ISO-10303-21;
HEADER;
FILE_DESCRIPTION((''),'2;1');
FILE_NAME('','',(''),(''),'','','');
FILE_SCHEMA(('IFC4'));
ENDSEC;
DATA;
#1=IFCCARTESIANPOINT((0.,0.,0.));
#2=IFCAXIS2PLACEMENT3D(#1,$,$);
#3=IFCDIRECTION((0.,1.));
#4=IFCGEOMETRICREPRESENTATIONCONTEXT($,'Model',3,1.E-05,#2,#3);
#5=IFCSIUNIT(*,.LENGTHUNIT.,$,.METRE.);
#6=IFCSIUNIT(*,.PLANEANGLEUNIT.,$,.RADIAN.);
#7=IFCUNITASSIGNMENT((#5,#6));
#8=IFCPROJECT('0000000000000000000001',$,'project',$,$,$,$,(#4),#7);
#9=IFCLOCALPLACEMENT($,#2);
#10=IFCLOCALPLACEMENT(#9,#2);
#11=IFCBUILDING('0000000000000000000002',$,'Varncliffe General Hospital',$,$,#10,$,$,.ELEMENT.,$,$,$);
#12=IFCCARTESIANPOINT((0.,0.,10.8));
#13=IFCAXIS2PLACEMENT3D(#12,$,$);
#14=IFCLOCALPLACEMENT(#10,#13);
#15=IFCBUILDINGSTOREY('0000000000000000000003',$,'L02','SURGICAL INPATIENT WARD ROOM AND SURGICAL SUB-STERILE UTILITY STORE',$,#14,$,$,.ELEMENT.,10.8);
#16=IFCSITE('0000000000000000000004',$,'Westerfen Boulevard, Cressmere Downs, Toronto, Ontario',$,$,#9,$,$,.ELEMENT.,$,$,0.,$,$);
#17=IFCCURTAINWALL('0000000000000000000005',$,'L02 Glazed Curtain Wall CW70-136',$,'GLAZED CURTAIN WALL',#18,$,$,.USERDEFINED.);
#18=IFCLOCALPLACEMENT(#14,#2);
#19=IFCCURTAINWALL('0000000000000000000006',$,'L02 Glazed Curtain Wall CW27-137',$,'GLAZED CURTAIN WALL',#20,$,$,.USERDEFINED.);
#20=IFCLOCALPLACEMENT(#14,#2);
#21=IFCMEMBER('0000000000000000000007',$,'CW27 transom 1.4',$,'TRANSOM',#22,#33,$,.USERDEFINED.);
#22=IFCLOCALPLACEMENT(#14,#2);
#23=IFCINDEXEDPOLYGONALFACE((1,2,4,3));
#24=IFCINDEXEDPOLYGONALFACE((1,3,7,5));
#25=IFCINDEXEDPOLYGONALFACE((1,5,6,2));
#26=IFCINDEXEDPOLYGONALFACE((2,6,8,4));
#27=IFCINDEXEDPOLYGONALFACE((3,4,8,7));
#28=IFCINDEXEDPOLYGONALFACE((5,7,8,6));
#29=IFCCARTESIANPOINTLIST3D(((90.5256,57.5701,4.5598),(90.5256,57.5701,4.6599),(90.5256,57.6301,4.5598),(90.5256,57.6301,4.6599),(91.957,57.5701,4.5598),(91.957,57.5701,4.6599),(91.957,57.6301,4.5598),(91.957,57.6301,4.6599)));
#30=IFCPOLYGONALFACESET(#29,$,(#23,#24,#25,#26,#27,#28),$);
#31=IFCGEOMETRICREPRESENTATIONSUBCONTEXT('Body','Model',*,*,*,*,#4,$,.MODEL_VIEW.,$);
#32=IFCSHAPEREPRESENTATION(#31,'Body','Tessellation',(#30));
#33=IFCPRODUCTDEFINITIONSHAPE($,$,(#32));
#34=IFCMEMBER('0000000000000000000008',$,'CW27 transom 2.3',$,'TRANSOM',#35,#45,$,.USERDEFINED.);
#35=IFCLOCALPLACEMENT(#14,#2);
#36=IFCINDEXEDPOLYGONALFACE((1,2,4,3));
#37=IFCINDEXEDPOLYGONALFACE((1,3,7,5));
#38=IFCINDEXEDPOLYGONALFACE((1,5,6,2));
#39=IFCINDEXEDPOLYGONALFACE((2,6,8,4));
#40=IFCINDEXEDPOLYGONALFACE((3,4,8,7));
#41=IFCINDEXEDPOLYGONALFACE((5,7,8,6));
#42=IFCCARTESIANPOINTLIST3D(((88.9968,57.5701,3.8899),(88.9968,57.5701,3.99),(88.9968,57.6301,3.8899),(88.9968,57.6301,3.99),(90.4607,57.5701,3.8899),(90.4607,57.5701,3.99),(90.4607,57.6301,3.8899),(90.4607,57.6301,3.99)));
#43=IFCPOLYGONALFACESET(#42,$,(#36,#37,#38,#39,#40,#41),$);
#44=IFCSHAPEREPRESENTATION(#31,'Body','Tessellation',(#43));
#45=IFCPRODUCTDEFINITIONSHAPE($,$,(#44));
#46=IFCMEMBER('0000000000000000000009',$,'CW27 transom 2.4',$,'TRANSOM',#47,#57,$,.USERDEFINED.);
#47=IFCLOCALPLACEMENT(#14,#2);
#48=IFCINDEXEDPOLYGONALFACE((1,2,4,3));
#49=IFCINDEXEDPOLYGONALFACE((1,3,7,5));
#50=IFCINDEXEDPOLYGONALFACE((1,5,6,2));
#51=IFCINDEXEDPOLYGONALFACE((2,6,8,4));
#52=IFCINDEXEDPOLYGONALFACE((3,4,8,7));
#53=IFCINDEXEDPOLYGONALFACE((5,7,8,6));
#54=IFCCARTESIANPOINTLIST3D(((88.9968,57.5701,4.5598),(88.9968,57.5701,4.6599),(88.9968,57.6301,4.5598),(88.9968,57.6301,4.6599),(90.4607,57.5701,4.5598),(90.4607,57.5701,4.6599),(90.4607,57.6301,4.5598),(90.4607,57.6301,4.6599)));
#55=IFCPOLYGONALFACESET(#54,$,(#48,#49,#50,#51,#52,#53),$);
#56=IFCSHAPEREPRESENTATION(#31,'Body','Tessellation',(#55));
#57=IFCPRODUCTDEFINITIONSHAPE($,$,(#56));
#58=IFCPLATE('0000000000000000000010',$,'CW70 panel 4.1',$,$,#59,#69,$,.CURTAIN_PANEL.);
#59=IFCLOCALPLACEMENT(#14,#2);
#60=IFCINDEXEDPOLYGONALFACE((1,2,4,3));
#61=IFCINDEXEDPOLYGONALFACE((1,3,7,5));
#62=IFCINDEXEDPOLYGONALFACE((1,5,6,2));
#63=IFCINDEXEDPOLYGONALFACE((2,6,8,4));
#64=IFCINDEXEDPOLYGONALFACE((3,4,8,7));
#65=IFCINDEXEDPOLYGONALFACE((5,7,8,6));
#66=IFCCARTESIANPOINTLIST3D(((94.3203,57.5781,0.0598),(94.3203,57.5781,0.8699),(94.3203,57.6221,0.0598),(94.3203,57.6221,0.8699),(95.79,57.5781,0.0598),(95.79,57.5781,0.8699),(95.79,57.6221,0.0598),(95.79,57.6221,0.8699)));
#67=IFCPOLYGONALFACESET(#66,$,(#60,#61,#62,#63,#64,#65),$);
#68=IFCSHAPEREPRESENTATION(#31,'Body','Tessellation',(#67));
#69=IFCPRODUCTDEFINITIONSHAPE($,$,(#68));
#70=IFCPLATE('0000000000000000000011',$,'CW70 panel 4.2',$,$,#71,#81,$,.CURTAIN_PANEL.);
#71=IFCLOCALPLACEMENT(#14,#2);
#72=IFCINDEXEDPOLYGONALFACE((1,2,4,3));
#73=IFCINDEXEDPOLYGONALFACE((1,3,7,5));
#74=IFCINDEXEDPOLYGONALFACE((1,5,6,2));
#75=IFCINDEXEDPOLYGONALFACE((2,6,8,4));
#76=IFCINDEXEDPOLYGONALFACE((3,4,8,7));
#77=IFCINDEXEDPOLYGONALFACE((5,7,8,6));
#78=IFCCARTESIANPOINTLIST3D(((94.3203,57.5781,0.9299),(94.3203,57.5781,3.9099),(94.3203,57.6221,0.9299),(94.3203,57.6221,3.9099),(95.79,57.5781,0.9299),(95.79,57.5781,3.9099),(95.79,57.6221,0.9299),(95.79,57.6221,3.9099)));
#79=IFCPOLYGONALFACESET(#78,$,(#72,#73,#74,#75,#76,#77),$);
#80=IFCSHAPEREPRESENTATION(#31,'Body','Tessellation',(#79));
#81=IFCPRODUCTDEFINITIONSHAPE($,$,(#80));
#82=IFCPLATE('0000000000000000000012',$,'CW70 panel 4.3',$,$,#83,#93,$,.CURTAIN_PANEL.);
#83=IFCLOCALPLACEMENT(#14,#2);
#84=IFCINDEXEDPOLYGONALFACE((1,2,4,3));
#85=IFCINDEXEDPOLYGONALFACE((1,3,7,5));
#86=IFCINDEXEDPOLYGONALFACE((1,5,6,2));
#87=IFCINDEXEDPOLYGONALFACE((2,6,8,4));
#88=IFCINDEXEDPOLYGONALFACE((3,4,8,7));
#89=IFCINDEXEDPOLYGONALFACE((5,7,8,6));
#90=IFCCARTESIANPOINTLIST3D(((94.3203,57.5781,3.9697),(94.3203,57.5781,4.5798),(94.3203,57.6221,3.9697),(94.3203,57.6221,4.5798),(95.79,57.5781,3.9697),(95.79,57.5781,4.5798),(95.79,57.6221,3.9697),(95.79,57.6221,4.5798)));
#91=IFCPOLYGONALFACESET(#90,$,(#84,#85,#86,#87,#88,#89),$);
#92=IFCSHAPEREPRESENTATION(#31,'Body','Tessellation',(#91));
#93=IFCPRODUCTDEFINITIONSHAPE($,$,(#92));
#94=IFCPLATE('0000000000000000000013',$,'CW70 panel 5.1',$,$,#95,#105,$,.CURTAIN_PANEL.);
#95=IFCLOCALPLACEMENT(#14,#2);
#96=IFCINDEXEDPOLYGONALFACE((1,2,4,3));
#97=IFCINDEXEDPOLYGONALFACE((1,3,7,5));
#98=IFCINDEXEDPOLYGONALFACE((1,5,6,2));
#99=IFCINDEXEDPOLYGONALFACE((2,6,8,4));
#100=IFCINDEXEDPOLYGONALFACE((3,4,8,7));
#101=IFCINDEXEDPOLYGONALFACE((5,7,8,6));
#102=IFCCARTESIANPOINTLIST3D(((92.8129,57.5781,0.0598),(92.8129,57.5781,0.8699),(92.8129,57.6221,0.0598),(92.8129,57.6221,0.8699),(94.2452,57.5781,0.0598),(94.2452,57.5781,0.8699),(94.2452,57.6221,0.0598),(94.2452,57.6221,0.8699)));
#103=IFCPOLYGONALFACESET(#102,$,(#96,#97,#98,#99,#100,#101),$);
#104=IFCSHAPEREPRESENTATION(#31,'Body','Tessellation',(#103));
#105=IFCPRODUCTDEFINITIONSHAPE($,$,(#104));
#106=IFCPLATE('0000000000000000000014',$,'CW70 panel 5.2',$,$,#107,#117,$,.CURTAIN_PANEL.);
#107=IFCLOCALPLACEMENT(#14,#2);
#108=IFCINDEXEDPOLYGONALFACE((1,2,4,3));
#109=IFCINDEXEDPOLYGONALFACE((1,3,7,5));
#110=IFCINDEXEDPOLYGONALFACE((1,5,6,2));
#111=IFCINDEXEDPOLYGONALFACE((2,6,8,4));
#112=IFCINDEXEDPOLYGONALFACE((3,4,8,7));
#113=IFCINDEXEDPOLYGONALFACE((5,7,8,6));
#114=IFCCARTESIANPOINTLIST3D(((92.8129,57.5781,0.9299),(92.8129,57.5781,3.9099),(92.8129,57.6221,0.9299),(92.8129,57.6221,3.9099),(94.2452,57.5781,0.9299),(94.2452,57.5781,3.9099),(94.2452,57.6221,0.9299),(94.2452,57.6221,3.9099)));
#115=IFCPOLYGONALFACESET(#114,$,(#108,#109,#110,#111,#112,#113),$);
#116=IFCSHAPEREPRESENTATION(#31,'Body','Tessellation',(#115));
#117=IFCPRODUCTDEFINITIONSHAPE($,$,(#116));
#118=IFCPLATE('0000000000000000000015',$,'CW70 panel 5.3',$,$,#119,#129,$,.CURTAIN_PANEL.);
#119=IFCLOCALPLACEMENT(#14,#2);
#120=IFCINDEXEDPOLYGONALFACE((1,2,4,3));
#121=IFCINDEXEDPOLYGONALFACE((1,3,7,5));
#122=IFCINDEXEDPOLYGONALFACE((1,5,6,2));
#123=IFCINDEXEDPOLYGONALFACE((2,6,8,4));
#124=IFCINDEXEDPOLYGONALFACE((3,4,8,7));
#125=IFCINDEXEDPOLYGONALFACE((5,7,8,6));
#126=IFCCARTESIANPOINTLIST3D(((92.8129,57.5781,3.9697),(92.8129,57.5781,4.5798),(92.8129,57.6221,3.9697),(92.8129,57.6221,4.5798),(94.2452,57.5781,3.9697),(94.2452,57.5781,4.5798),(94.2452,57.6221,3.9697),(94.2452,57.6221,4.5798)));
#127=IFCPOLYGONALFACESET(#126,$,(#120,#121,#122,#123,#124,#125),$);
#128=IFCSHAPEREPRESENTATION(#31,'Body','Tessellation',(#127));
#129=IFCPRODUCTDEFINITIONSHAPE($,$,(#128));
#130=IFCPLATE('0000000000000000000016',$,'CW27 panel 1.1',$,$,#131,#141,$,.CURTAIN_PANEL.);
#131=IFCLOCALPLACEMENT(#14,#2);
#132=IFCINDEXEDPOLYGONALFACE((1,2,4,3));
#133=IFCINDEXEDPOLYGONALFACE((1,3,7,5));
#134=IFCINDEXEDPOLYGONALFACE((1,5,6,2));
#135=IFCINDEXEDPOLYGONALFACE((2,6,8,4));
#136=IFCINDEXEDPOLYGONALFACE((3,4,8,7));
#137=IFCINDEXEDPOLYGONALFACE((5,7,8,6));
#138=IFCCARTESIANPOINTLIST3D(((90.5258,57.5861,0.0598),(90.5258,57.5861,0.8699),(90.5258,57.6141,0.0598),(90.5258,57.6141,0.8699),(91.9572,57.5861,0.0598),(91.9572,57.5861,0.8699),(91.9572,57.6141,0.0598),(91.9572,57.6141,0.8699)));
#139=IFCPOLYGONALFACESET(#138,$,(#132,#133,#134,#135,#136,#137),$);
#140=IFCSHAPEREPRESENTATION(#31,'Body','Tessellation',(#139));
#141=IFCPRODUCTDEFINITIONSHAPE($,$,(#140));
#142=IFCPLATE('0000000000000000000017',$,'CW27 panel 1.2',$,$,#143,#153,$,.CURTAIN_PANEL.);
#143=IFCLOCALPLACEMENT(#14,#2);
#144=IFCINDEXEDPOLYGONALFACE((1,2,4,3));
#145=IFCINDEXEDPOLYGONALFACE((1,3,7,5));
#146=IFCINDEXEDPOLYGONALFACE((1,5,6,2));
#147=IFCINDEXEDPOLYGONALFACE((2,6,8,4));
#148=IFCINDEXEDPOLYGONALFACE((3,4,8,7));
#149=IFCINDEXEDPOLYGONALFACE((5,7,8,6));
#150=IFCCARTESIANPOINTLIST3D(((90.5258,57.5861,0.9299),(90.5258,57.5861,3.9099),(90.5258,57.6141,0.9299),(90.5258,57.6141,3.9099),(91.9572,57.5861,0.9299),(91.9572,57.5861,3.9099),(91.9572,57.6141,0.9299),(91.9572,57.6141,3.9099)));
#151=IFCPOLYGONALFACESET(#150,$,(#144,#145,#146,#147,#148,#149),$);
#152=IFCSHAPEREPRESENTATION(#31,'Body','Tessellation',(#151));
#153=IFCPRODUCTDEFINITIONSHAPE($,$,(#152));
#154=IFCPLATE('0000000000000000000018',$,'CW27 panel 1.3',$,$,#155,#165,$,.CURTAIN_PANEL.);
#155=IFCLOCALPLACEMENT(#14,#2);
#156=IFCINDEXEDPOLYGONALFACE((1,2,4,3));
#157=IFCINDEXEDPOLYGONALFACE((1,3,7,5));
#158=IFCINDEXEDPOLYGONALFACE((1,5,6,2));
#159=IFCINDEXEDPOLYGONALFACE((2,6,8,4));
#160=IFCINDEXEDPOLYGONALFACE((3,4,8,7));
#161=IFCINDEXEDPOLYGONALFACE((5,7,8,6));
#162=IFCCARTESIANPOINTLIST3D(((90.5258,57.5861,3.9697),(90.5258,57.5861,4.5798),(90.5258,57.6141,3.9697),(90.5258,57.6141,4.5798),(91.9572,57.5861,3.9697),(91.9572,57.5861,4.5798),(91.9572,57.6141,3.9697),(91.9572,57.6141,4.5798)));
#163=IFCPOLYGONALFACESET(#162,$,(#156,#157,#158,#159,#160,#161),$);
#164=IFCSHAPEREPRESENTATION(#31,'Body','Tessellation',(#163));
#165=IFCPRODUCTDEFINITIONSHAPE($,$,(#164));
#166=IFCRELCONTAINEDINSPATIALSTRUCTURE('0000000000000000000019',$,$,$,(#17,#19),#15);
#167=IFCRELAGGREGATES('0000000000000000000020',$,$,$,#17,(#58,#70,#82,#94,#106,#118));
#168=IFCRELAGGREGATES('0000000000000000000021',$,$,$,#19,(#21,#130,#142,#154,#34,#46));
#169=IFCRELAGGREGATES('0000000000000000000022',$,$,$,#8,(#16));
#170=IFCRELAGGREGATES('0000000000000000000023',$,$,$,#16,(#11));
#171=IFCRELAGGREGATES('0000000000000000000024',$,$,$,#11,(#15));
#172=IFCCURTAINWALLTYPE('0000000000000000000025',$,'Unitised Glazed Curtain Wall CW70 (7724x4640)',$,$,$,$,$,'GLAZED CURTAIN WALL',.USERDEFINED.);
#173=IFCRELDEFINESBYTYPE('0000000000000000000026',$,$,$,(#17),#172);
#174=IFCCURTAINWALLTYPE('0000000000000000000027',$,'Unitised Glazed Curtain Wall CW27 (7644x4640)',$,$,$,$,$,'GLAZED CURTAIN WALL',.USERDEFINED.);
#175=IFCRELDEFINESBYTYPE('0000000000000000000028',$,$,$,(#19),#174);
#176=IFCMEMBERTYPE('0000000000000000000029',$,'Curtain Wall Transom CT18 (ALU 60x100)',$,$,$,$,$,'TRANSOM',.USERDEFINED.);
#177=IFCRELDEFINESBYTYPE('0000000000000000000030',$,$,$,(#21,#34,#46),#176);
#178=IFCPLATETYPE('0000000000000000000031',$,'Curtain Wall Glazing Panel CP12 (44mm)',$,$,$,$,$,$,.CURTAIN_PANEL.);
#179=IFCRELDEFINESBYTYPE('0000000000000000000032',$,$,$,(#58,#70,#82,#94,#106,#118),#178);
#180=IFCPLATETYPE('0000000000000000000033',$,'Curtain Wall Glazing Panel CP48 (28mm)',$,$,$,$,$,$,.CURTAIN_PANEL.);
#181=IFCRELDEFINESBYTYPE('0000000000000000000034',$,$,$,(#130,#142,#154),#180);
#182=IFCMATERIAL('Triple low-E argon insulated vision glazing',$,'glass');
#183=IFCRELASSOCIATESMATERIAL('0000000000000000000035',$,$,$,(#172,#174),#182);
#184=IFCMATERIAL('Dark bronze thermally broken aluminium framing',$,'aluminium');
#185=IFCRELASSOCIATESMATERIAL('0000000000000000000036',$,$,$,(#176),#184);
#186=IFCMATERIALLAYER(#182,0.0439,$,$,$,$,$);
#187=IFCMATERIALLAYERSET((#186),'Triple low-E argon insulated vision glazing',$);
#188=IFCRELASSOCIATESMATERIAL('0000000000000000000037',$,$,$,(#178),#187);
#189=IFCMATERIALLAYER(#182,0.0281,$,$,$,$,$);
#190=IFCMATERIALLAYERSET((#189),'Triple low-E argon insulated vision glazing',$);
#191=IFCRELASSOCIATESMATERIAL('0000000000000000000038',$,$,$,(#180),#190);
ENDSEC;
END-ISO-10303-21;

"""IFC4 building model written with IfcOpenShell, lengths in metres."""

from ifc_helpers import new_model, si_unit, direction, frame, origin, origin_2d, place, context, subcontext, project, spatial, rectangle, extrude, material, layer, layer_set, material_profile, profile_set, type_object, element, aggregate, save


model = new_model("IFC4")

# Units and contexts
model_context = context("Model", 3, precision=1e-05, world=origin(), true_north=direction((0.0, 1.0)))
body_context = subcontext(model_context, "Body", "Model", "MODEL_VIEW")
ifc_project = project(units=[si_unit("LENGTHUNIT", "METRE"), si_unit("PLANEANGLEUNIT", "RADIAN")], contexts=[model_context])

# Site, building, storey
site_placement = place(None, origin())
site = spatial("IfcSite", under=ifc_project, at=site_placement, Name="Westerfen Boulevard, Cressmere Downs, Toronto, Ontario", CompositionType="ELEMENT", RefElevation=0.0)
building_placement = place(site_placement, origin())
building = spatial("IfcBuilding", under=site, at=building_placement, Name="Varncliffe General Hospital", CompositionType="ELEMENT")
storey_placement = place(building_placement, frame((0.0, 0.0, 10.8)))
storey = spatial("IfcBuildingStorey", under=building, at=storey_placement, Name="L02", Description="SURGICAL INPATIENT WARD ROOM AND SURGICAL SUB-STERILE UTILITY STORE", CompositionType="ELEMENT", Elevation=10.8)

# Curtain walls
ifc_material_1 = material(Name="Triple low-E argon insulated vision glazing", Category="glass")
curtain_wall_type_1 = type_object("IfcCurtainWallType", Name="Unitised Glazed Curtain Wall CW70 (7724x4640)", ElementType="GLAZED CURTAIN WALL", PredefinedType="USERDEFINED", material=ifc_material_1)
curtain_wall_1_placement = place(storey_placement, origin())
curtain_wall_1 = element("IfcCurtainWall", 1, at=curtain_wall_1_placement, inside=storey, type_object=curtain_wall_type_1, Name="L02 Glazed Curtain Wall CW70-136", ObjectType="GLAZED CURTAIN WALL", PredefinedType="USERDEFINED")
ifc_material_2 = material(Name="Dark bronze thermally broken aluminium framing", Category="aluminium")
curtain_wall_type_2 = type_object("IfcCurtainWallType", Name="Unitised Glazed Curtain Wall CW27 (7644x4640)", ElementType="GLAZED CURTAIN WALL", PredefinedType="USERDEFINED", material=ifc_material_1)
curtain_wall_2_placement = place(storey_placement, origin())
curtain_wall_2 = element("IfcCurtainWall", 2, at=curtain_wall_2_placement, inside=storey, type_object=curtain_wall_type_2, Name="L02 Glazed Curtain Wall CW27-137", ObjectType="GLAZED CURTAIN WALL", PredefinedType="USERDEFINED")

# Members
ifc_material_profile_1 = material_profile(ifc_material_2, rectangle(XDim=0.0601, YDim=0.1001, at=origin_2d()), Name="ALU 60x100")
ifc_profile_set_1 = profile_set([ifc_material_profile_1], Name="Dark bronze thermally broken aluminium framing")
member_type_1 = type_object("IfcMemberType", Name="Curtain Wall Transom CT18 (ALU 60x100)", ElementType="TRANSOM", PredefinedType="USERDEFINED", material=ifc_profile_set_1)
member_1_placement = place(storey_placement, frame((91.957, 57.6001, 4.6099), z_axis=(-1.0, 0.0, 0.0), x_axis=(0.0, -1.0, 0.0)))
member_1 = element("IfcMember", 3, at=member_1_placement, type_object=member_type_1, Name="CW27 transom 1.4", ObjectType="TRANSOM", PredefinedType="USERDEFINED", context=body_context, shape_type="SweptSolid", body=[
    extrude(rectangle(XDim=0.0601, YDim=0.1001, at=origin_2d()), origin(), (0.0, 0.0, 1.0), 1.4314),
])
member_2_placement = place(storey_placement, frame((90.4607, 57.6001, 3.9399), z_axis=(-1.0, 0.0, 0.0), x_axis=(0.0, -1.0, 0.0)))
member_2 = element("IfcMember", 4, at=member_2_placement, type_object=member_type_1, Name="CW27 transom 2.3", ObjectType="TRANSOM", PredefinedType="USERDEFINED", context=body_context, shape_type="SweptSolid", body=[
    extrude(rectangle(XDim=0.0601, YDim=0.1001, at=origin_2d()), origin(), (0.0, 0.0, 1.0), 1.4639),
])
member_3_placement = place(storey_placement, frame((90.4607, 57.6001, 4.6099), z_axis=(-1.0, 0.0, 0.0), x_axis=(0.0, -1.0, 0.0)))
member_3 = element("IfcMember", 5, at=member_3_placement, type_object=member_type_1, Name="CW27 transom 2.4", ObjectType="TRANSOM", PredefinedType="USERDEFINED", context=body_context, shape_type="SweptSolid", body=[
    extrude(rectangle(XDim=0.0601, YDim=0.1001, at=origin_2d()), origin(), (0.0, 0.0, 1.0), 1.4639),
])

# Plates
ifc_layer_1 = layer(ifc_material_1, 0.0439)
ifc_layer_set_1 = layer_set([ifc_layer_1], Name="Triple low-E argon insulated vision glazing")
plate_type_1 = type_object("IfcPlateType", Name="Curtain Wall Glazing Panel CP12 (44mm)", PredefinedType="CURTAIN_PANEL", material=ifc_layer_set_1)
plate_1_placement = place(storey_placement, frame((95.0552, 57.6001, 0.0598), z_axis=(0.0, 0.0, 1.0), x_axis=(-1.0, 0.0, 0.0)))
plate_1 = element("IfcPlate", 6, at=plate_1_placement, type_object=plate_type_1, Name="CW70 panel 4.1", PredefinedType="CURTAIN_PANEL", context=body_context, shape_type="SweptSolid", body=[
    extrude(rectangle(XDim=1.4697, YDim=0.0439, at=origin_2d()), origin(), (0.0, 0.0, 1.0), 0.8101),
])
plate_2_placement = place(storey_placement, frame((95.0552, 57.6001, 0.9299), z_axis=(0.0, 0.0, 1.0), x_axis=(-1.0, 0.0, 0.0)))
plate_2 = element("IfcPlate", 7, at=plate_2_placement, type_object=plate_type_1, Name="CW70 panel 4.2", PredefinedType="CURTAIN_PANEL", context=body_context, shape_type="SweptSolid", body=[
    extrude(rectangle(XDim=1.4697, YDim=0.0439, at=origin_2d()), origin(), (0.0, 0.0, 1.0), 2.98),
])
plate_3_placement = place(storey_placement, frame((95.0552, 57.6001, 3.9697), z_axis=(0.0, 0.0, 1.0), x_axis=(-1.0, 0.0, 0.0)))
plate_3 = element("IfcPlate", 8, at=plate_3_placement, type_object=plate_type_1, Name="CW70 panel 4.3", PredefinedType="CURTAIN_PANEL", context=body_context, shape_type="SweptSolid", body=[
    extrude(rectangle(XDim=1.4697, YDim=0.0439, at=origin_2d()), origin(), (0.0, 0.0, 1.0), 0.6101),
])
plate_4_placement = place(storey_placement, frame((93.5291, 57.6001, 0.0598), z_axis=(0.0, 0.0, 1.0), x_axis=(-1.0, 0.0, 0.0)))
plate_4 = element("IfcPlate", 9, at=plate_4_placement, type_object=plate_type_1, Name="CW70 panel 5.1", PredefinedType="CURTAIN_PANEL", context=body_context, shape_type="SweptSolid", body=[
    extrude(rectangle(XDim=1.4324, YDim=0.0439, at=origin_2d()), origin(), (0.0, 0.0, 1.0), 0.8101),
])
plate_5_placement = place(storey_placement, frame((93.5291, 57.6001, 0.9299), z_axis=(0.0, 0.0, 1.0), x_axis=(-1.0, 0.0, 0.0)))
plate_5 = element("IfcPlate", 10, at=plate_5_placement, type_object=plate_type_1, Name="CW70 panel 5.2", PredefinedType="CURTAIN_PANEL", context=body_context, shape_type="SweptSolid", body=[
    extrude(rectangle(XDim=1.4324, YDim=0.0439, at=origin_2d()), origin(), (0.0, 0.0, 1.0), 2.98),
])
plate_6_placement = place(storey_placement, frame((93.5291, 57.6001, 3.9697), z_axis=(0.0, 0.0, 1.0), x_axis=(-1.0, 0.0, 0.0)))
plate_6 = element("IfcPlate", 11, at=plate_6_placement, type_object=plate_type_1, Name="CW70 panel 5.3", PredefinedType="CURTAIN_PANEL", context=body_context, shape_type="SweptSolid", body=[
    extrude(rectangle(XDim=1.4324, YDim=0.0439, at=origin_2d()), origin(), (0.0, 0.0, 1.0), 0.6101),
])
aggregate(curtain_wall_1, [plate_1, plate_2, plate_3, plate_4, plate_5, plate_6])
ifc_layer_2 = layer(ifc_material_1, 0.0281)
ifc_layer_set_2 = layer_set([ifc_layer_2], Name="Triple low-E argon insulated vision glazing")
plate_type_2 = type_object("IfcPlateType", Name="Curtain Wall Glazing Panel CP48 (28mm)", PredefinedType="CURTAIN_PANEL", material=ifc_layer_set_2)
plate_7_placement = place(storey_placement, frame((91.2415, 57.6001, 0.0598), z_axis=(0.0, 0.0, 1.0), x_axis=(-1.0, 0.0, 0.0)))
plate_7 = element("IfcPlate", 12, at=plate_7_placement, type_object=plate_type_2, Name="CW27 panel 1.1", PredefinedType="CURTAIN_PANEL", context=body_context, shape_type="SweptSolid", body=[
    extrude(rectangle(XDim=1.4314, YDim=0.0281, at=origin_2d()), origin(), (0.0, 0.0, 1.0), 0.8101),
])
plate_8_placement = place(storey_placement, frame((91.2415, 57.6001, 0.9299), z_axis=(0.0, 0.0, 1.0), x_axis=(-1.0, 0.0, 0.0)))
plate_8 = element("IfcPlate", 13, at=plate_8_placement, type_object=plate_type_2, Name="CW27 panel 1.2", PredefinedType="CURTAIN_PANEL", context=body_context, shape_type="SweptSolid", body=[
    extrude(rectangle(XDim=1.4314, YDim=0.0281, at=origin_2d()), origin(), (0.0, 0.0, 1.0), 2.98),
])
plate_9_placement = place(storey_placement, frame((91.2415, 57.6001, 3.9697), z_axis=(0.0, 0.0, 1.0), x_axis=(-1.0, 0.0, 0.0)))
plate_9 = element("IfcPlate", 14, at=plate_9_placement, type_object=plate_type_2, Name="CW27 panel 1.3", PredefinedType="CURTAIN_PANEL", context=body_context, shape_type="SweptSolid", body=[
    extrude(rectangle(XDim=1.4314, YDim=0.0281, at=origin_2d()), origin(), (0.0, 0.0, 1.0), 0.6101),
])
aggregate(curtain_wall_2, [member_1, plate_7, plate_8, plate_9, member_2, member_3])

save(model, "model.ifc")
